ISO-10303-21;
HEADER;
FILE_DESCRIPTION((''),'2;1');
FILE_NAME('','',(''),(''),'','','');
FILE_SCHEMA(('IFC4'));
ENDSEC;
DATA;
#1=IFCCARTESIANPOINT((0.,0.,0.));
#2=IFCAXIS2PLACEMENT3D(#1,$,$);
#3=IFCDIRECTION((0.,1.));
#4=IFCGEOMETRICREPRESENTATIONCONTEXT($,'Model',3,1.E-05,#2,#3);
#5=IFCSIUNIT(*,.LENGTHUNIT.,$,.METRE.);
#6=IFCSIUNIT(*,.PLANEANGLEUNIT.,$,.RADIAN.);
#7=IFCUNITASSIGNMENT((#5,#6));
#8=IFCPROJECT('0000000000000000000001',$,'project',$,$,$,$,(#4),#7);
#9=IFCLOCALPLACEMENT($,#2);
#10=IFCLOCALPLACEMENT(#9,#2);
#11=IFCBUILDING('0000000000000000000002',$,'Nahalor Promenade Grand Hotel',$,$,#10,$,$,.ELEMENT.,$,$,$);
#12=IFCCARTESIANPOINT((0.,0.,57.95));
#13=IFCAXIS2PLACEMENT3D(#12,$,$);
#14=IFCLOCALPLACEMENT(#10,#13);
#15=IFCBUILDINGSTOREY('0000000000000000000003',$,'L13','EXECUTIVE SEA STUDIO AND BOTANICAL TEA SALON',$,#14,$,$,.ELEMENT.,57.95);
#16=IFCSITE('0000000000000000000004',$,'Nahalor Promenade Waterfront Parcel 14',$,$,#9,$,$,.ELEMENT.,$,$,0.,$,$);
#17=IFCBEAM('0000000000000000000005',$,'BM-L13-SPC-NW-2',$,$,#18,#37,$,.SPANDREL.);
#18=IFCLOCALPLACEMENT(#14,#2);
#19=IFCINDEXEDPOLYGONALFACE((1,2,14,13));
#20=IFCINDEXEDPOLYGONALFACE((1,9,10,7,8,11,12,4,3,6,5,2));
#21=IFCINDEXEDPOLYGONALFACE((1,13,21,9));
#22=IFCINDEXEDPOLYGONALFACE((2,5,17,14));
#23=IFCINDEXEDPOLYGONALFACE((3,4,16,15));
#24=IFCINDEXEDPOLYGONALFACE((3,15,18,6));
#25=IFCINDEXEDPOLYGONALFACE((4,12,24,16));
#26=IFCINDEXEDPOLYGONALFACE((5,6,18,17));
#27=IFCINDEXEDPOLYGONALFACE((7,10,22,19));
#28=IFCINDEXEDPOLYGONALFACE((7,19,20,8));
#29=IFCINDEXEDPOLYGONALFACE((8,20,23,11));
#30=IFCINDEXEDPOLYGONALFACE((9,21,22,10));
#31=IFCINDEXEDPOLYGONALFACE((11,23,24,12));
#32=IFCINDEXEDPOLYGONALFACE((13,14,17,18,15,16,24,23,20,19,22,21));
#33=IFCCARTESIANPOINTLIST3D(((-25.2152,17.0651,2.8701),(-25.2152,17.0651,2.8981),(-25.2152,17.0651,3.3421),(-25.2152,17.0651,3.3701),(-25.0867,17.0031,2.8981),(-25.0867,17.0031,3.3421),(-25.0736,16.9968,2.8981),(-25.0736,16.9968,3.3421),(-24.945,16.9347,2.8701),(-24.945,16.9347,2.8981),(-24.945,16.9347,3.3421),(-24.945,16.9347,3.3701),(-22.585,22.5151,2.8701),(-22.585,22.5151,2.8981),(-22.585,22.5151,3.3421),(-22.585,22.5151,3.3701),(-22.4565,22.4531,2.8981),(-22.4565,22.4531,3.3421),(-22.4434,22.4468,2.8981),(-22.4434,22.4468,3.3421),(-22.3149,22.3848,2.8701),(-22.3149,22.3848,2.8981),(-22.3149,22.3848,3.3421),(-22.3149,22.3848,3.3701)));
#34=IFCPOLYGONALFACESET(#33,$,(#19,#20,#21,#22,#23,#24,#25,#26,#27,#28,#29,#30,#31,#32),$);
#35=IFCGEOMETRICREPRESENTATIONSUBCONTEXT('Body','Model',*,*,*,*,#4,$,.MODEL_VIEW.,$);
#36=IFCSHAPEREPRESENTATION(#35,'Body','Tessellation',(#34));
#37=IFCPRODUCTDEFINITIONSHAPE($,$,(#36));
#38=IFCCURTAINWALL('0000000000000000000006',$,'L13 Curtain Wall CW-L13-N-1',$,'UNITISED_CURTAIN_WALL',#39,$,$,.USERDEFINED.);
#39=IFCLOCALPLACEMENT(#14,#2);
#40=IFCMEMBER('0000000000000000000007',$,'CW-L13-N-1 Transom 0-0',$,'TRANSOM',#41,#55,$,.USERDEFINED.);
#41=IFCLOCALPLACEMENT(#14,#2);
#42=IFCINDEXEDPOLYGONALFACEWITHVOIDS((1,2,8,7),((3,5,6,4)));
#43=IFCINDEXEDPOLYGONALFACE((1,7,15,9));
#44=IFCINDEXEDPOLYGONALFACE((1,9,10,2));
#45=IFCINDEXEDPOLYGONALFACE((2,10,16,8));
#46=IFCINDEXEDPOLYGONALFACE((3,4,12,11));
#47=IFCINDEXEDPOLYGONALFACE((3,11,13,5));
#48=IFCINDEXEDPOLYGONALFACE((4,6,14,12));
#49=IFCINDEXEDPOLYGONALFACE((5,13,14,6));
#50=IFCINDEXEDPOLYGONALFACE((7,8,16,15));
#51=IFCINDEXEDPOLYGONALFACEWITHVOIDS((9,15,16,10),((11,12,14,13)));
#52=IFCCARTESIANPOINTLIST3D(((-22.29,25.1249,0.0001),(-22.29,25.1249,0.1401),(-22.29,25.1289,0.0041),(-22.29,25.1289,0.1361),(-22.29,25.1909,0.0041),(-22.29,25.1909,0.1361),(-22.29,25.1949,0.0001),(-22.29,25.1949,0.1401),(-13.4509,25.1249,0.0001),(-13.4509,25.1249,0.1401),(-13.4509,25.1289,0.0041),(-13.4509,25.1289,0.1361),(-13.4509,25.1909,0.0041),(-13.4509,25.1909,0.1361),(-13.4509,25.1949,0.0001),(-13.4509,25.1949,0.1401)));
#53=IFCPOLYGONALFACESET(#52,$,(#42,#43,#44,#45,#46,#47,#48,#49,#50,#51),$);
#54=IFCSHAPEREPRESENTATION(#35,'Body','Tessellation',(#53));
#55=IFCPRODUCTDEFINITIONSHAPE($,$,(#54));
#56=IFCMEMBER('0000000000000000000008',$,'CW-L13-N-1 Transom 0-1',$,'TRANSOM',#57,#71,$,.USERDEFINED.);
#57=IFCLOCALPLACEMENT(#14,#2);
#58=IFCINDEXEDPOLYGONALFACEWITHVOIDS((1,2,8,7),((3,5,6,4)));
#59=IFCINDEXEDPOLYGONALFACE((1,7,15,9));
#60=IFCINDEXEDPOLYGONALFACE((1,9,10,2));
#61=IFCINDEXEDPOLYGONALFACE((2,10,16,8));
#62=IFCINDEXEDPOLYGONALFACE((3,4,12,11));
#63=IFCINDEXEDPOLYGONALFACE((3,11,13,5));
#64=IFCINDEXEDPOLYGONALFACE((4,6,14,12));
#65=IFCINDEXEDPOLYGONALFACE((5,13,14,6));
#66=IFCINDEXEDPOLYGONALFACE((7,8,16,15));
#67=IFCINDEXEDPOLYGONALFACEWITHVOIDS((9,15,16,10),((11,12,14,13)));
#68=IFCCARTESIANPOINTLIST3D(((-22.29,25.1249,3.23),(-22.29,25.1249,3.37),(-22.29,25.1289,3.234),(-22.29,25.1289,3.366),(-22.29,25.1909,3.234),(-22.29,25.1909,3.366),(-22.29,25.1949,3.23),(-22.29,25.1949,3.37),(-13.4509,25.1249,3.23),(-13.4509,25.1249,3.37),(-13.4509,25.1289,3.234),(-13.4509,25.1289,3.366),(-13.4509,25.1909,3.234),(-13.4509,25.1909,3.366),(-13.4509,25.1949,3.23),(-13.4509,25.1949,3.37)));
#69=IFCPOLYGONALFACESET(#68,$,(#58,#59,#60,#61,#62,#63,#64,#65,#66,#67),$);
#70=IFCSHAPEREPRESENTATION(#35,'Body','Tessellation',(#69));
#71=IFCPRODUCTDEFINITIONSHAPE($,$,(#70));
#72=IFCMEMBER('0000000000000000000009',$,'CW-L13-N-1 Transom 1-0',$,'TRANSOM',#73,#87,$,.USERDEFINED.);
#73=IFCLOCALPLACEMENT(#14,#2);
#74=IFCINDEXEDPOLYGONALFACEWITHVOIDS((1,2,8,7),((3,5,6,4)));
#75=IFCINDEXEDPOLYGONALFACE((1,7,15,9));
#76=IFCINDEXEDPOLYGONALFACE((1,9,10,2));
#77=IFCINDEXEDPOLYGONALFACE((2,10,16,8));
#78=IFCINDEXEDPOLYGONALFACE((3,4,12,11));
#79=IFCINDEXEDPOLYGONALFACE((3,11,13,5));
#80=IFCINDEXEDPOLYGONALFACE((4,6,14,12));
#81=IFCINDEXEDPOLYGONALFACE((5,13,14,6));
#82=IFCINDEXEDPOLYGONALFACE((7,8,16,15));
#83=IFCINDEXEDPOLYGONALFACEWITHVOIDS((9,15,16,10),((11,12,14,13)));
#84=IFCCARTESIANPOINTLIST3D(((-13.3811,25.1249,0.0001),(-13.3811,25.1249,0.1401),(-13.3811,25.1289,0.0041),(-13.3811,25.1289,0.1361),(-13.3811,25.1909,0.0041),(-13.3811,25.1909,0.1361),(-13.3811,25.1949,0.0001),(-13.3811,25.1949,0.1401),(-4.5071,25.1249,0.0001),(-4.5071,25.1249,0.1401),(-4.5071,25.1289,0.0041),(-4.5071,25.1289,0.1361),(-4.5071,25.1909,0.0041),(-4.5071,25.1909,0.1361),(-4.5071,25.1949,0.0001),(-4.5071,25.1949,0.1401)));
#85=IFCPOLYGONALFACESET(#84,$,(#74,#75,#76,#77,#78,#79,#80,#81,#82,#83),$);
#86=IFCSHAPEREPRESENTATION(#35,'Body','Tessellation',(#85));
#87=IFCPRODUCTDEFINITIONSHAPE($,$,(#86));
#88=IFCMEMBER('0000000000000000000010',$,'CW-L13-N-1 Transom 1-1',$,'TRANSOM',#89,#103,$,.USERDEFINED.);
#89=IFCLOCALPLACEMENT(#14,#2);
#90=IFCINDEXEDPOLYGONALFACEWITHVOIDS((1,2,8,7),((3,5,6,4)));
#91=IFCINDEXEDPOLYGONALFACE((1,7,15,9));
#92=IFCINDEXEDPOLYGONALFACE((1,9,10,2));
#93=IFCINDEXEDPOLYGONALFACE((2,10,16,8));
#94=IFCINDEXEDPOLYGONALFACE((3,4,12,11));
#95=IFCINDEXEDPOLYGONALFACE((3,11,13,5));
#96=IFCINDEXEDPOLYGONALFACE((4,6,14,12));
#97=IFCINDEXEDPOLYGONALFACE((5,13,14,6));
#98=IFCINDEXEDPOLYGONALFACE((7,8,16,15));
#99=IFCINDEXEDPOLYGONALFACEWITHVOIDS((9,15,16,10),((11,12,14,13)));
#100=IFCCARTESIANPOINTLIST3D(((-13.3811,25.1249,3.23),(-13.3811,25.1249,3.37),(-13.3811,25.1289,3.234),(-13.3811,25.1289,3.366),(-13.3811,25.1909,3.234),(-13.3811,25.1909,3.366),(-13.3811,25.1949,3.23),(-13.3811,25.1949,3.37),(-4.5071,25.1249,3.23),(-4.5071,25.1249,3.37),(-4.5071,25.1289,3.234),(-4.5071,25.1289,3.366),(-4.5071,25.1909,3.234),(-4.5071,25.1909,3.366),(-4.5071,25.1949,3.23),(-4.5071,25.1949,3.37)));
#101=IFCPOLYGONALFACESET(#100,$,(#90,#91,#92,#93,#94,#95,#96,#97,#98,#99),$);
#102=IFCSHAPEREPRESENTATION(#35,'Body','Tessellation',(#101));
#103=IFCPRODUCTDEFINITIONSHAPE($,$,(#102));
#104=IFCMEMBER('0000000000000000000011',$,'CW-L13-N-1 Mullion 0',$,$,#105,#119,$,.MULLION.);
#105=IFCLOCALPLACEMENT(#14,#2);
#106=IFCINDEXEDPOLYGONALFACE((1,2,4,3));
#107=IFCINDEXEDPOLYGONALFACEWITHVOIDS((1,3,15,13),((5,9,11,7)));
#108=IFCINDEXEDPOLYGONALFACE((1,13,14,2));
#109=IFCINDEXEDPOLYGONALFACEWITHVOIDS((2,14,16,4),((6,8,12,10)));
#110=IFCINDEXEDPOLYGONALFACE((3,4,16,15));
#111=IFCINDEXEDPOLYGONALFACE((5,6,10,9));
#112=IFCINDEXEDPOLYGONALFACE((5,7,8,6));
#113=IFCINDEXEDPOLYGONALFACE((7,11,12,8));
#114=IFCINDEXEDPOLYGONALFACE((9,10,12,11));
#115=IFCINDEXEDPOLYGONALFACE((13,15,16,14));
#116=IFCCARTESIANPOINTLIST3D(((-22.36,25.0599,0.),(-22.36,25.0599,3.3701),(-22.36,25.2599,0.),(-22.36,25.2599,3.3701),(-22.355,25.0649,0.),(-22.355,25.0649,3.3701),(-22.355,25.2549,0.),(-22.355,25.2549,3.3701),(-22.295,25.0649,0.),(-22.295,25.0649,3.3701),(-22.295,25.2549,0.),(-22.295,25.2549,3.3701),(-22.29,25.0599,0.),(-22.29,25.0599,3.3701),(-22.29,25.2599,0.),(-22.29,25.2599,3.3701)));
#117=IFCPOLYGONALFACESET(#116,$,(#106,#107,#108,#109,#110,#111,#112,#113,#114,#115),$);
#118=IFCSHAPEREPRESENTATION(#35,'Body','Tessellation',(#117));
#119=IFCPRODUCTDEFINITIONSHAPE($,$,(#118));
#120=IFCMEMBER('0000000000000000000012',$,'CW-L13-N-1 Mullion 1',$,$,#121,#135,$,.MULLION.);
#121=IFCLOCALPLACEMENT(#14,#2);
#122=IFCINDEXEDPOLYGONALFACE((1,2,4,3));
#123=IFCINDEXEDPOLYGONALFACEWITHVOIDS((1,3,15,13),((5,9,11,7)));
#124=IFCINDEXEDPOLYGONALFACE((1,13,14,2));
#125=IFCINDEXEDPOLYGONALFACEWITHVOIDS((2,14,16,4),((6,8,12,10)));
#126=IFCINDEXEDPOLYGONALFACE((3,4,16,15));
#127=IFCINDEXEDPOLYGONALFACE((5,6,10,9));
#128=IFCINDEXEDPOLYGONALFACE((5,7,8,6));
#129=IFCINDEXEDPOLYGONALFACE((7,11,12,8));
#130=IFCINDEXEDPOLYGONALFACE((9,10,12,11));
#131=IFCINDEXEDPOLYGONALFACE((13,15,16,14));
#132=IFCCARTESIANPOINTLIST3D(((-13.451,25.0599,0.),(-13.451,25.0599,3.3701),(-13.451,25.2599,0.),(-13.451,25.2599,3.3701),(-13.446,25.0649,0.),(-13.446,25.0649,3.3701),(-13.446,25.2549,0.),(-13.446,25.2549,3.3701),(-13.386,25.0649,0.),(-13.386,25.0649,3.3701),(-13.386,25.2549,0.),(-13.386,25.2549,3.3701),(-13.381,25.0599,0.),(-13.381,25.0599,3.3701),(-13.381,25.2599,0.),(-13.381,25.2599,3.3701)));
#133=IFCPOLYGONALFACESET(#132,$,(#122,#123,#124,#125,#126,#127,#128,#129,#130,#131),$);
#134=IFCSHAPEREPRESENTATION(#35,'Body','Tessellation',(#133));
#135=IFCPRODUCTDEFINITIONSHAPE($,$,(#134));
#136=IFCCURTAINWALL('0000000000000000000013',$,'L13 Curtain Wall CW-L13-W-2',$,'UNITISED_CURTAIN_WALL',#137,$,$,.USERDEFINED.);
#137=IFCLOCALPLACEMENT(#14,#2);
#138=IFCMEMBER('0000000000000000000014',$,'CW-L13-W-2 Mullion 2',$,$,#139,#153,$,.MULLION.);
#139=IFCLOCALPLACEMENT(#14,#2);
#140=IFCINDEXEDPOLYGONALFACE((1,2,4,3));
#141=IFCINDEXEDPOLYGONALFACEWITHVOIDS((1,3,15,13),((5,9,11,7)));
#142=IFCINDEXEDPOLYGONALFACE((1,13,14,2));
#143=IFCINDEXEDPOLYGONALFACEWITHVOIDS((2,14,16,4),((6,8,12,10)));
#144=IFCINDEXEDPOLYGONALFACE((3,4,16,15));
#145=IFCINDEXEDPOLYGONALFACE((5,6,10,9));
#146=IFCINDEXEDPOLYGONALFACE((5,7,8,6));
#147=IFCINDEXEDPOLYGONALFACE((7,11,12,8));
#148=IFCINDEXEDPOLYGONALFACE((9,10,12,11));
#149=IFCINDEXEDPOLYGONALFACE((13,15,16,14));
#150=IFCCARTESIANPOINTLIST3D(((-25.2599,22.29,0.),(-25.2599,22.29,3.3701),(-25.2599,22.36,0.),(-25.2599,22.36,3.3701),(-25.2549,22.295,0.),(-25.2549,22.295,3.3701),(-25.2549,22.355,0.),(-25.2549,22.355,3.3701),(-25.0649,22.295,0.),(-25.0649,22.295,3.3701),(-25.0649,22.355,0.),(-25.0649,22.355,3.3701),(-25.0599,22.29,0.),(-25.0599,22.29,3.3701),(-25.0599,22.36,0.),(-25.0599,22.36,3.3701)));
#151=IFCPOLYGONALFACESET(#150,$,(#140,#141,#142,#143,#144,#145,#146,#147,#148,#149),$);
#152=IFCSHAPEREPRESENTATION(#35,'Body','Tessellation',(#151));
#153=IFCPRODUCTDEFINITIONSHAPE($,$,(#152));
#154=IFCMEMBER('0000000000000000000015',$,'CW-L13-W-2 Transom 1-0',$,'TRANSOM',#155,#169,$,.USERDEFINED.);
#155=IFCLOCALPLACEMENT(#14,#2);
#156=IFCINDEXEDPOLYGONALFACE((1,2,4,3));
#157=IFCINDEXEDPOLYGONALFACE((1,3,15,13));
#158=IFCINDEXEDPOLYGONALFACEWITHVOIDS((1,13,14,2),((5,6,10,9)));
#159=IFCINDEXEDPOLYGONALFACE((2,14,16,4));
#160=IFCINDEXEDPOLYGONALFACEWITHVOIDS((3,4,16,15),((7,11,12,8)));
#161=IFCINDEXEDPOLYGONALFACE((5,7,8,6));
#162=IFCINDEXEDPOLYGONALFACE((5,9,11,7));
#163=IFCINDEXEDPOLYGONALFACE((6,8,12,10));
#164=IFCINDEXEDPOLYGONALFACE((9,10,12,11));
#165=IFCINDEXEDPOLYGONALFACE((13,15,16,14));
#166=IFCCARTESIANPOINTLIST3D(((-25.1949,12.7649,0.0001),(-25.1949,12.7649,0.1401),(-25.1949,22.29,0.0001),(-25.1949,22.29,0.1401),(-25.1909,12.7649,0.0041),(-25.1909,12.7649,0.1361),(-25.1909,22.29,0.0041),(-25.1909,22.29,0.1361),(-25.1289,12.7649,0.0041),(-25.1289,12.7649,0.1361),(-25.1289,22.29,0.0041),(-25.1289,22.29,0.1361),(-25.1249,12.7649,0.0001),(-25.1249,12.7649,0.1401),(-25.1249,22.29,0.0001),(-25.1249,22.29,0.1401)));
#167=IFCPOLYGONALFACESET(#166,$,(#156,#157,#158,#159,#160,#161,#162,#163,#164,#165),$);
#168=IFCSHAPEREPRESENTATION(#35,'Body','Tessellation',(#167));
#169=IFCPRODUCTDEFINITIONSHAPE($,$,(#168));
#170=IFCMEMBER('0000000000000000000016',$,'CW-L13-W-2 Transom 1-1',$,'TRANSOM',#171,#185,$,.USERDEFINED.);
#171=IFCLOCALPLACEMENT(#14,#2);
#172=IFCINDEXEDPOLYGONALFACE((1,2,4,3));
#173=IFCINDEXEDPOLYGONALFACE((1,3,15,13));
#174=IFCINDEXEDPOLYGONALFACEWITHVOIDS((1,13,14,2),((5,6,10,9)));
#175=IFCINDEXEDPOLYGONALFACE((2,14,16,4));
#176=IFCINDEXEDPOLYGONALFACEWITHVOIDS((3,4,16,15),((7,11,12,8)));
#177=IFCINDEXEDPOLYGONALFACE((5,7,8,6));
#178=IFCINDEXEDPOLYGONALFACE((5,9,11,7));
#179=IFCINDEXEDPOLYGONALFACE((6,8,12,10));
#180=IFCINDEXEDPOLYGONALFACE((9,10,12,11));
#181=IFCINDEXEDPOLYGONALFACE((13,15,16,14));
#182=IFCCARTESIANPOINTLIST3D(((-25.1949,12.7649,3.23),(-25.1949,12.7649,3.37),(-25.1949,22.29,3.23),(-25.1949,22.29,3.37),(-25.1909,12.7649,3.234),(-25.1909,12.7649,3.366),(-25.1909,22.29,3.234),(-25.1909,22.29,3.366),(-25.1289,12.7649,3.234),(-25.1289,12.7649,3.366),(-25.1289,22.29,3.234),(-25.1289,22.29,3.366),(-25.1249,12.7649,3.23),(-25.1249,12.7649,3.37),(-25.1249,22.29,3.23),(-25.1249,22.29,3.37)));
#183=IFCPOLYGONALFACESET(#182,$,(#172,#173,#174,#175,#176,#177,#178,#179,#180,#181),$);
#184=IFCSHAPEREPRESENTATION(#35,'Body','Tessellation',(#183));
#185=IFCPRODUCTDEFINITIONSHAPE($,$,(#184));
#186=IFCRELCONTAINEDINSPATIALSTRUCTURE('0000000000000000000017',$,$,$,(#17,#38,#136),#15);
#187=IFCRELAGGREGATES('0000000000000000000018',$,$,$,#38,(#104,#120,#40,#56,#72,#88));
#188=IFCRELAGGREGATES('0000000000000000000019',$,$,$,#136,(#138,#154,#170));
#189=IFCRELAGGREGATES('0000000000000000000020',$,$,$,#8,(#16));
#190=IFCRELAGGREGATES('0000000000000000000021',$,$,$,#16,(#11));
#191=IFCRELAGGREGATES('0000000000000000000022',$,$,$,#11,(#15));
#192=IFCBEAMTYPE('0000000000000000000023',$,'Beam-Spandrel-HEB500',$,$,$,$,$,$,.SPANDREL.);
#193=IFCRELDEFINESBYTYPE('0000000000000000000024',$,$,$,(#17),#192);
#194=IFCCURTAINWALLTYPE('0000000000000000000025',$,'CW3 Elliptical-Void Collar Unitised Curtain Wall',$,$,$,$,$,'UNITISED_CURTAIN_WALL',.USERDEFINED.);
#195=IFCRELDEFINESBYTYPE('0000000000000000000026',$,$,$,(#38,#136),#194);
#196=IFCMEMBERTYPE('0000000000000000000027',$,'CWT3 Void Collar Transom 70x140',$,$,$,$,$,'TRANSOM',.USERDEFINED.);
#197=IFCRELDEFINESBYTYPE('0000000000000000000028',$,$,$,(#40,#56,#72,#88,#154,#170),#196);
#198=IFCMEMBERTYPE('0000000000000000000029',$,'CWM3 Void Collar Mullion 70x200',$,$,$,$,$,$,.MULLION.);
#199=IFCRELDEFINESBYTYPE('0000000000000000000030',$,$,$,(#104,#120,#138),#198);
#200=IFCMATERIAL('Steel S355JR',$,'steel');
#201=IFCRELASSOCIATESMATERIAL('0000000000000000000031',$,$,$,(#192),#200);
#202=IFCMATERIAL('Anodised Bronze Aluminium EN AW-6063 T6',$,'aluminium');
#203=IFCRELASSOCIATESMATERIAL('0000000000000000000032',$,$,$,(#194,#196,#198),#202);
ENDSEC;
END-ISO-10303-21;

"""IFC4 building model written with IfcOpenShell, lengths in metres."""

from ifc_helpers import new_model, si_unit, direction, frame, origin, origin_2d, place, context, subcontext, project, spatial, hollow_rectangle, i_section, extrude, source, transform, mapped, material, material_profile, profile_set, type_object, element, aggregate, save


model = new_model("IFC4")

# Units and contexts
model_context = context("Model", 3, precision=1e-05, world=origin(), true_north=direction((0.0, 1.0)))
body_context = subcontext(model_context, "Body", "Model", "MODEL_VIEW")
ifc_project = project(units=[si_unit("LENGTHUNIT", "METRE"), si_unit("PLANEANGLEUNIT", "RADIAN")], contexts=[model_context])

# Site, building, storey
site_placement = place(None, origin())
site = spatial("IfcSite", under=ifc_project, at=site_placement, Name="Nahalor Promenade Waterfront Parcel 14", CompositionType="ELEMENT", RefElevation=0.0)
building_placement = place(site_placement, origin())
building = spatial("IfcBuilding", under=site, at=building_placement, Name="Nahalor Promenade Grand Hotel", CompositionType="ELEMENT")
storey_placement = place(building_placement, frame((0.0, 0.0, 57.95)))
storey = spatial("IfcBuildingStorey", under=building, at=storey_placement, Name="L13", Description="EXECUTIVE SEA STUDIO AND BOTANICAL TEA SALON", CompositionType="ELEMENT", Elevation=57.95)

# Beam
ifc_material_1 = material(Name="Steel S355JR", Category="steel")
ifc_material_profile_1 = material_profile(ifc_material_1, i_section(OverallWidth=0.3, OverallDepth=0.5, WebThickness=0.0145, FlangeThickness=0.028, at=origin_2d()), Name="HEB 500")
ifc_profile_set_1 = profile_set([ifc_material_profile_1], Name="Steel S355JR")
beam_type_1 = type_object("IfcBeamType", Name="Beam-Spandrel-HEB500", PredefinedType="SPANDREL", material=ifc_profile_set_1)
shared_shape_1 = source(origin(), body_context, "Body", "SweptSolid", [
    extrude(i_section(OverallWidth=0.3, OverallDepth=0.5, WebThickness=0.0145, FlangeThickness=0.028, at=origin_2d()), origin(), (0.0, 0.0, 1.0), 6.0515),
])
for number, where, z_axis, x_axis, name in (
    (1, (-22.45, 22.45, 3.1201), (-0.434631, -0.900609, 0.0), (0.900609, -0.434631, 0.0), "BM-L13-SPC-NW-2"),
):
    element("IfcBeam", number, at=place(storey_placement, frame(where, z_axis=z_axis, x_axis=x_axis)), inside=storey, type_object=beam_type_1, Name=name, PredefinedType="SPANDREL", context=body_context, shape_type="MappedRepresentation", body=[
        mapped(shared_shape_1, transform((0.0, 0.0, 0.0), scale=1.0)),
    ])

# Curtain walls, members
ifc_material_2 = material(Name="Anodised Bronze Aluminium EN AW-6063 T6", Category="aluminium")
curtain_wall_type = type_object("IfcCurtainWallType", Name="CW3 Elliptical-Void Collar Unitised Curtain Wall", ElementType="UNITISED_CURTAIN_WALL", PredefinedType="USERDEFINED", material=ifc_material_2)
curtain_wall_1_placement = place(storey_placement, origin())
curtain_wall_1 = element("IfcCurtainWall", 2, at=curtain_wall_1_placement, inside=storey, type_object=curtain_wall_type, Name="L13 Curtain Wall CW-L13-N-1", ObjectType="UNITISED_CURTAIN_WALL", PredefinedType="USERDEFINED")
ifc_material_profile_2 = material_profile(ifc_material_2, hollow_rectangle(XDim=0.07, YDim=0.14, WallThickness=0.004, at=origin_2d()), Name="CWT 70x140x4")
ifc_profile_set_2 = profile_set([ifc_material_profile_2], Name="Anodised Bronze Aluminium EN AW-6063 T6")
member_type_1 = type_object("IfcMemberType", Name="CWT3 Void Collar Transom 70x140", ElementType="TRANSOM", PredefinedType="USERDEFINED", material=ifc_profile_set_2)
shared_shape_2 = source(origin(), body_context, "Body", "SweptSolid", [
    extrude(hollow_rectangle(XDim=0.07, YDim=0.14, WallThickness=0.004, at=origin_2d()), origin(), (0.0, 0.0, 1.0), 8.8391),
])
member_1_placement = place(storey_placement, frame((-22.29, 25.1599, 0.0701), z_axis=(1.0, 0.0, 0.0), x_axis=(0.0, 1.0, 0.0)))
member_1 = element("IfcMember", 3, at=member_1_placement, type_object=member_type_1, Name="CW-L13-N-1 Transom 0-0", ObjectType="TRANSOM", PredefinedType="USERDEFINED", context=body_context, shape_type="MappedRepresentation", body=[
    mapped(shared_shape_2, transform((0.0, 0.0, 0.0), scale=1.0)),
])
member_2_placement = place(storey_placement, frame((-22.29, 25.1599, 3.3), z_axis=(1.0, 0.0, 0.0), x_axis=(0.0, 1.0, 0.0)))
member_2 = element("IfcMember", 4, at=member_2_placement, type_object=member_type_1, Name="CW-L13-N-1 Transom 0-1", ObjectType="TRANSOM", PredefinedType="USERDEFINED", context=body_context, shape_type="MappedRepresentation", body=[
    mapped(shared_shape_2, transform((0.0, 0.0, 0.0), scale=1.0)),
])
shared_shape_3 = source(origin(), body_context, "Body", "SweptSolid", [
    extrude(hollow_rectangle(XDim=0.07, YDim=0.14, WallThickness=0.004, at=origin_2d()), origin(), (0.0, 0.0, 1.0), 8.874),
])
member_3_placement = place(storey_placement, frame((-13.3811, 25.1599, 0.0701), z_axis=(1.0, 0.0, 0.0), x_axis=(0.0, 1.0, 0.0)))
member_3 = element("IfcMember", 5, at=member_3_placement, type_object=member_type_1, Name="CW-L13-N-1 Transom 1-0", ObjectType="TRANSOM", PredefinedType="USERDEFINED", context=body_context, shape_type="MappedRepresentation", body=[
    mapped(shared_shape_3, transform((0.0, 0.0, 0.0), scale=1.0)),
])
member_4_placement = place(storey_placement, frame((-13.3811, 25.1599, 3.3), z_axis=(1.0, 0.0, 0.0), x_axis=(0.0, 1.0, 0.0)))
member_4 = element("IfcMember", 6, at=member_4_placement, type_object=member_type_1, Name="CW-L13-N-1 Transom 1-1", ObjectType="TRANSOM", PredefinedType="USERDEFINED", context=body_context, shape_type="MappedRepresentation", body=[
    mapped(shared_shape_3, transform((0.0, 0.0, 0.0), scale=1.0)),
])
ifc_material_profile_3 = material_profile(ifc_material_2, hollow_rectangle(XDim=0.07, YDim=0.2, WallThickness=0.005, at=origin_2d()), Name="CWM 70x200x5")
ifc_profile_set_3 = profile_set([ifc_material_profile_3], Name="Anodised Bronze Aluminium EN AW-6063 T6")
member_type_2 = type_object("IfcMemberType", Name="CWM3 Void Collar Mullion 70x200", PredefinedType="MULLION", material=ifc_profile_set_3)
shared_shape_4 = source(origin(), body_context, "Body", "SweptSolid", [
    extrude(hollow_rectangle(XDim=0.07, YDim=0.2, WallThickness=0.005, at=origin_2d()), origin(), (0.0, 0.0, 1.0), 3.3701),
])
member_5_placement = place(storey_placement, frame((-22.325, 25.1599, 0.0), z_axis=(0.0, 0.0, 1.0), x_axis=(1.0, 0.0, 0.0)))
member_5 = element("IfcMember", 7, at=member_5_placement, type_object=member_type_2, Name="CW-L13-N-1 Mullion 0", PredefinedType="MULLION", context=body_context, shape_type="MappedRepresentation", body=[
    mapped(shared_shape_4, transform((0.0, 0.0, 0.0), scale=1.0)),
])
member_6_placement = place(storey_placement, frame((-13.416, 25.1599, 0.0), z_axis=(0.0, 0.0, 1.0), x_axis=(1.0, 0.0, 0.0)))
member_6 = element("IfcMember", 8, at=member_6_placement, type_object=member_type_2, Name="CW-L13-N-1 Mullion 1", PredefinedType="MULLION", context=body_context, shape_type="MappedRepresentation", body=[
    mapped(shared_shape_4, transform((0.0, 0.0, 0.0), scale=1.0)),
])
curtain_wall_2_placement = place(storey_placement, origin())
curtain_wall_2 = element("IfcCurtainWall", 9, at=curtain_wall_2_placement, inside=storey, type_object=curtain_wall_type, Name="L13 Curtain Wall CW-L13-W-2", ObjectType="UNITISED_CURTAIN_WALL", PredefinedType="USERDEFINED")
member_7_placement = place(storey_placement, frame((-25.1599, 22.325, 0.0), z_axis=(0.0, 0.0, 1.0), x_axis=(0.0, 1.0, 0.0)))
member_7 = element("IfcMember", 10, at=member_7_placement, type_object=member_type_2, Name="CW-L13-W-2 Mullion 2", PredefinedType="MULLION", context=body_context, shape_type="MappedRepresentation", body=[
    mapped(shared_shape_4, transform((0.0, 0.0, 0.0), scale=1.0)),
])
shared_shape_5 = source(origin(), body_context, "Body", "SweptSolid", [
    extrude(hollow_rectangle(XDim=0.07, YDim=0.14, WallThickness=0.004, at=origin_2d()), origin(), (0.0, 0.0, 1.0), 9.5251),
])
member_8_placement = place(storey_placement, frame((-25.1599, 12.7649, 0.0701), z_axis=(0.0, 1.0, 0.0), x_axis=(-1.0, 0.0, 0.0)))
member_8 = element("IfcMember", 11, at=member_8_placement, type_object=member_type_1, Name="CW-L13-W-2 Transom 1-0", ObjectType="TRANSOM", PredefinedType="USERDEFINED", context=body_context, shape_type="MappedRepresentation", body=[
    mapped(shared_shape_5, transform((0.0, 0.0, 0.0), scale=1.0)),
])
member_9_placement = place(storey_placement, frame((-25.1599, 12.7649, 3.3), z_axis=(0.0, 1.0, 0.0), x_axis=(-1.0, 0.0, 0.0)))
member_9 = element("IfcMember", 12, at=member_9_placement, type_object=member_type_1, Name="CW-L13-W-2 Transom 1-1", ObjectType="TRANSOM", PredefinedType="USERDEFINED", context=body_context, shape_type="MappedRepresentation", body=[
    mapped(shared_shape_5, transform((0.0, 0.0, 0.0), scale=1.0)),
])

aggregate(curtain_wall_1, [member_5, member_6, member_1, member_2, member_3, member_4])
aggregate(curtain_wall_2, [member_7, member_8, member_9])

save(model, "model.ifc")
